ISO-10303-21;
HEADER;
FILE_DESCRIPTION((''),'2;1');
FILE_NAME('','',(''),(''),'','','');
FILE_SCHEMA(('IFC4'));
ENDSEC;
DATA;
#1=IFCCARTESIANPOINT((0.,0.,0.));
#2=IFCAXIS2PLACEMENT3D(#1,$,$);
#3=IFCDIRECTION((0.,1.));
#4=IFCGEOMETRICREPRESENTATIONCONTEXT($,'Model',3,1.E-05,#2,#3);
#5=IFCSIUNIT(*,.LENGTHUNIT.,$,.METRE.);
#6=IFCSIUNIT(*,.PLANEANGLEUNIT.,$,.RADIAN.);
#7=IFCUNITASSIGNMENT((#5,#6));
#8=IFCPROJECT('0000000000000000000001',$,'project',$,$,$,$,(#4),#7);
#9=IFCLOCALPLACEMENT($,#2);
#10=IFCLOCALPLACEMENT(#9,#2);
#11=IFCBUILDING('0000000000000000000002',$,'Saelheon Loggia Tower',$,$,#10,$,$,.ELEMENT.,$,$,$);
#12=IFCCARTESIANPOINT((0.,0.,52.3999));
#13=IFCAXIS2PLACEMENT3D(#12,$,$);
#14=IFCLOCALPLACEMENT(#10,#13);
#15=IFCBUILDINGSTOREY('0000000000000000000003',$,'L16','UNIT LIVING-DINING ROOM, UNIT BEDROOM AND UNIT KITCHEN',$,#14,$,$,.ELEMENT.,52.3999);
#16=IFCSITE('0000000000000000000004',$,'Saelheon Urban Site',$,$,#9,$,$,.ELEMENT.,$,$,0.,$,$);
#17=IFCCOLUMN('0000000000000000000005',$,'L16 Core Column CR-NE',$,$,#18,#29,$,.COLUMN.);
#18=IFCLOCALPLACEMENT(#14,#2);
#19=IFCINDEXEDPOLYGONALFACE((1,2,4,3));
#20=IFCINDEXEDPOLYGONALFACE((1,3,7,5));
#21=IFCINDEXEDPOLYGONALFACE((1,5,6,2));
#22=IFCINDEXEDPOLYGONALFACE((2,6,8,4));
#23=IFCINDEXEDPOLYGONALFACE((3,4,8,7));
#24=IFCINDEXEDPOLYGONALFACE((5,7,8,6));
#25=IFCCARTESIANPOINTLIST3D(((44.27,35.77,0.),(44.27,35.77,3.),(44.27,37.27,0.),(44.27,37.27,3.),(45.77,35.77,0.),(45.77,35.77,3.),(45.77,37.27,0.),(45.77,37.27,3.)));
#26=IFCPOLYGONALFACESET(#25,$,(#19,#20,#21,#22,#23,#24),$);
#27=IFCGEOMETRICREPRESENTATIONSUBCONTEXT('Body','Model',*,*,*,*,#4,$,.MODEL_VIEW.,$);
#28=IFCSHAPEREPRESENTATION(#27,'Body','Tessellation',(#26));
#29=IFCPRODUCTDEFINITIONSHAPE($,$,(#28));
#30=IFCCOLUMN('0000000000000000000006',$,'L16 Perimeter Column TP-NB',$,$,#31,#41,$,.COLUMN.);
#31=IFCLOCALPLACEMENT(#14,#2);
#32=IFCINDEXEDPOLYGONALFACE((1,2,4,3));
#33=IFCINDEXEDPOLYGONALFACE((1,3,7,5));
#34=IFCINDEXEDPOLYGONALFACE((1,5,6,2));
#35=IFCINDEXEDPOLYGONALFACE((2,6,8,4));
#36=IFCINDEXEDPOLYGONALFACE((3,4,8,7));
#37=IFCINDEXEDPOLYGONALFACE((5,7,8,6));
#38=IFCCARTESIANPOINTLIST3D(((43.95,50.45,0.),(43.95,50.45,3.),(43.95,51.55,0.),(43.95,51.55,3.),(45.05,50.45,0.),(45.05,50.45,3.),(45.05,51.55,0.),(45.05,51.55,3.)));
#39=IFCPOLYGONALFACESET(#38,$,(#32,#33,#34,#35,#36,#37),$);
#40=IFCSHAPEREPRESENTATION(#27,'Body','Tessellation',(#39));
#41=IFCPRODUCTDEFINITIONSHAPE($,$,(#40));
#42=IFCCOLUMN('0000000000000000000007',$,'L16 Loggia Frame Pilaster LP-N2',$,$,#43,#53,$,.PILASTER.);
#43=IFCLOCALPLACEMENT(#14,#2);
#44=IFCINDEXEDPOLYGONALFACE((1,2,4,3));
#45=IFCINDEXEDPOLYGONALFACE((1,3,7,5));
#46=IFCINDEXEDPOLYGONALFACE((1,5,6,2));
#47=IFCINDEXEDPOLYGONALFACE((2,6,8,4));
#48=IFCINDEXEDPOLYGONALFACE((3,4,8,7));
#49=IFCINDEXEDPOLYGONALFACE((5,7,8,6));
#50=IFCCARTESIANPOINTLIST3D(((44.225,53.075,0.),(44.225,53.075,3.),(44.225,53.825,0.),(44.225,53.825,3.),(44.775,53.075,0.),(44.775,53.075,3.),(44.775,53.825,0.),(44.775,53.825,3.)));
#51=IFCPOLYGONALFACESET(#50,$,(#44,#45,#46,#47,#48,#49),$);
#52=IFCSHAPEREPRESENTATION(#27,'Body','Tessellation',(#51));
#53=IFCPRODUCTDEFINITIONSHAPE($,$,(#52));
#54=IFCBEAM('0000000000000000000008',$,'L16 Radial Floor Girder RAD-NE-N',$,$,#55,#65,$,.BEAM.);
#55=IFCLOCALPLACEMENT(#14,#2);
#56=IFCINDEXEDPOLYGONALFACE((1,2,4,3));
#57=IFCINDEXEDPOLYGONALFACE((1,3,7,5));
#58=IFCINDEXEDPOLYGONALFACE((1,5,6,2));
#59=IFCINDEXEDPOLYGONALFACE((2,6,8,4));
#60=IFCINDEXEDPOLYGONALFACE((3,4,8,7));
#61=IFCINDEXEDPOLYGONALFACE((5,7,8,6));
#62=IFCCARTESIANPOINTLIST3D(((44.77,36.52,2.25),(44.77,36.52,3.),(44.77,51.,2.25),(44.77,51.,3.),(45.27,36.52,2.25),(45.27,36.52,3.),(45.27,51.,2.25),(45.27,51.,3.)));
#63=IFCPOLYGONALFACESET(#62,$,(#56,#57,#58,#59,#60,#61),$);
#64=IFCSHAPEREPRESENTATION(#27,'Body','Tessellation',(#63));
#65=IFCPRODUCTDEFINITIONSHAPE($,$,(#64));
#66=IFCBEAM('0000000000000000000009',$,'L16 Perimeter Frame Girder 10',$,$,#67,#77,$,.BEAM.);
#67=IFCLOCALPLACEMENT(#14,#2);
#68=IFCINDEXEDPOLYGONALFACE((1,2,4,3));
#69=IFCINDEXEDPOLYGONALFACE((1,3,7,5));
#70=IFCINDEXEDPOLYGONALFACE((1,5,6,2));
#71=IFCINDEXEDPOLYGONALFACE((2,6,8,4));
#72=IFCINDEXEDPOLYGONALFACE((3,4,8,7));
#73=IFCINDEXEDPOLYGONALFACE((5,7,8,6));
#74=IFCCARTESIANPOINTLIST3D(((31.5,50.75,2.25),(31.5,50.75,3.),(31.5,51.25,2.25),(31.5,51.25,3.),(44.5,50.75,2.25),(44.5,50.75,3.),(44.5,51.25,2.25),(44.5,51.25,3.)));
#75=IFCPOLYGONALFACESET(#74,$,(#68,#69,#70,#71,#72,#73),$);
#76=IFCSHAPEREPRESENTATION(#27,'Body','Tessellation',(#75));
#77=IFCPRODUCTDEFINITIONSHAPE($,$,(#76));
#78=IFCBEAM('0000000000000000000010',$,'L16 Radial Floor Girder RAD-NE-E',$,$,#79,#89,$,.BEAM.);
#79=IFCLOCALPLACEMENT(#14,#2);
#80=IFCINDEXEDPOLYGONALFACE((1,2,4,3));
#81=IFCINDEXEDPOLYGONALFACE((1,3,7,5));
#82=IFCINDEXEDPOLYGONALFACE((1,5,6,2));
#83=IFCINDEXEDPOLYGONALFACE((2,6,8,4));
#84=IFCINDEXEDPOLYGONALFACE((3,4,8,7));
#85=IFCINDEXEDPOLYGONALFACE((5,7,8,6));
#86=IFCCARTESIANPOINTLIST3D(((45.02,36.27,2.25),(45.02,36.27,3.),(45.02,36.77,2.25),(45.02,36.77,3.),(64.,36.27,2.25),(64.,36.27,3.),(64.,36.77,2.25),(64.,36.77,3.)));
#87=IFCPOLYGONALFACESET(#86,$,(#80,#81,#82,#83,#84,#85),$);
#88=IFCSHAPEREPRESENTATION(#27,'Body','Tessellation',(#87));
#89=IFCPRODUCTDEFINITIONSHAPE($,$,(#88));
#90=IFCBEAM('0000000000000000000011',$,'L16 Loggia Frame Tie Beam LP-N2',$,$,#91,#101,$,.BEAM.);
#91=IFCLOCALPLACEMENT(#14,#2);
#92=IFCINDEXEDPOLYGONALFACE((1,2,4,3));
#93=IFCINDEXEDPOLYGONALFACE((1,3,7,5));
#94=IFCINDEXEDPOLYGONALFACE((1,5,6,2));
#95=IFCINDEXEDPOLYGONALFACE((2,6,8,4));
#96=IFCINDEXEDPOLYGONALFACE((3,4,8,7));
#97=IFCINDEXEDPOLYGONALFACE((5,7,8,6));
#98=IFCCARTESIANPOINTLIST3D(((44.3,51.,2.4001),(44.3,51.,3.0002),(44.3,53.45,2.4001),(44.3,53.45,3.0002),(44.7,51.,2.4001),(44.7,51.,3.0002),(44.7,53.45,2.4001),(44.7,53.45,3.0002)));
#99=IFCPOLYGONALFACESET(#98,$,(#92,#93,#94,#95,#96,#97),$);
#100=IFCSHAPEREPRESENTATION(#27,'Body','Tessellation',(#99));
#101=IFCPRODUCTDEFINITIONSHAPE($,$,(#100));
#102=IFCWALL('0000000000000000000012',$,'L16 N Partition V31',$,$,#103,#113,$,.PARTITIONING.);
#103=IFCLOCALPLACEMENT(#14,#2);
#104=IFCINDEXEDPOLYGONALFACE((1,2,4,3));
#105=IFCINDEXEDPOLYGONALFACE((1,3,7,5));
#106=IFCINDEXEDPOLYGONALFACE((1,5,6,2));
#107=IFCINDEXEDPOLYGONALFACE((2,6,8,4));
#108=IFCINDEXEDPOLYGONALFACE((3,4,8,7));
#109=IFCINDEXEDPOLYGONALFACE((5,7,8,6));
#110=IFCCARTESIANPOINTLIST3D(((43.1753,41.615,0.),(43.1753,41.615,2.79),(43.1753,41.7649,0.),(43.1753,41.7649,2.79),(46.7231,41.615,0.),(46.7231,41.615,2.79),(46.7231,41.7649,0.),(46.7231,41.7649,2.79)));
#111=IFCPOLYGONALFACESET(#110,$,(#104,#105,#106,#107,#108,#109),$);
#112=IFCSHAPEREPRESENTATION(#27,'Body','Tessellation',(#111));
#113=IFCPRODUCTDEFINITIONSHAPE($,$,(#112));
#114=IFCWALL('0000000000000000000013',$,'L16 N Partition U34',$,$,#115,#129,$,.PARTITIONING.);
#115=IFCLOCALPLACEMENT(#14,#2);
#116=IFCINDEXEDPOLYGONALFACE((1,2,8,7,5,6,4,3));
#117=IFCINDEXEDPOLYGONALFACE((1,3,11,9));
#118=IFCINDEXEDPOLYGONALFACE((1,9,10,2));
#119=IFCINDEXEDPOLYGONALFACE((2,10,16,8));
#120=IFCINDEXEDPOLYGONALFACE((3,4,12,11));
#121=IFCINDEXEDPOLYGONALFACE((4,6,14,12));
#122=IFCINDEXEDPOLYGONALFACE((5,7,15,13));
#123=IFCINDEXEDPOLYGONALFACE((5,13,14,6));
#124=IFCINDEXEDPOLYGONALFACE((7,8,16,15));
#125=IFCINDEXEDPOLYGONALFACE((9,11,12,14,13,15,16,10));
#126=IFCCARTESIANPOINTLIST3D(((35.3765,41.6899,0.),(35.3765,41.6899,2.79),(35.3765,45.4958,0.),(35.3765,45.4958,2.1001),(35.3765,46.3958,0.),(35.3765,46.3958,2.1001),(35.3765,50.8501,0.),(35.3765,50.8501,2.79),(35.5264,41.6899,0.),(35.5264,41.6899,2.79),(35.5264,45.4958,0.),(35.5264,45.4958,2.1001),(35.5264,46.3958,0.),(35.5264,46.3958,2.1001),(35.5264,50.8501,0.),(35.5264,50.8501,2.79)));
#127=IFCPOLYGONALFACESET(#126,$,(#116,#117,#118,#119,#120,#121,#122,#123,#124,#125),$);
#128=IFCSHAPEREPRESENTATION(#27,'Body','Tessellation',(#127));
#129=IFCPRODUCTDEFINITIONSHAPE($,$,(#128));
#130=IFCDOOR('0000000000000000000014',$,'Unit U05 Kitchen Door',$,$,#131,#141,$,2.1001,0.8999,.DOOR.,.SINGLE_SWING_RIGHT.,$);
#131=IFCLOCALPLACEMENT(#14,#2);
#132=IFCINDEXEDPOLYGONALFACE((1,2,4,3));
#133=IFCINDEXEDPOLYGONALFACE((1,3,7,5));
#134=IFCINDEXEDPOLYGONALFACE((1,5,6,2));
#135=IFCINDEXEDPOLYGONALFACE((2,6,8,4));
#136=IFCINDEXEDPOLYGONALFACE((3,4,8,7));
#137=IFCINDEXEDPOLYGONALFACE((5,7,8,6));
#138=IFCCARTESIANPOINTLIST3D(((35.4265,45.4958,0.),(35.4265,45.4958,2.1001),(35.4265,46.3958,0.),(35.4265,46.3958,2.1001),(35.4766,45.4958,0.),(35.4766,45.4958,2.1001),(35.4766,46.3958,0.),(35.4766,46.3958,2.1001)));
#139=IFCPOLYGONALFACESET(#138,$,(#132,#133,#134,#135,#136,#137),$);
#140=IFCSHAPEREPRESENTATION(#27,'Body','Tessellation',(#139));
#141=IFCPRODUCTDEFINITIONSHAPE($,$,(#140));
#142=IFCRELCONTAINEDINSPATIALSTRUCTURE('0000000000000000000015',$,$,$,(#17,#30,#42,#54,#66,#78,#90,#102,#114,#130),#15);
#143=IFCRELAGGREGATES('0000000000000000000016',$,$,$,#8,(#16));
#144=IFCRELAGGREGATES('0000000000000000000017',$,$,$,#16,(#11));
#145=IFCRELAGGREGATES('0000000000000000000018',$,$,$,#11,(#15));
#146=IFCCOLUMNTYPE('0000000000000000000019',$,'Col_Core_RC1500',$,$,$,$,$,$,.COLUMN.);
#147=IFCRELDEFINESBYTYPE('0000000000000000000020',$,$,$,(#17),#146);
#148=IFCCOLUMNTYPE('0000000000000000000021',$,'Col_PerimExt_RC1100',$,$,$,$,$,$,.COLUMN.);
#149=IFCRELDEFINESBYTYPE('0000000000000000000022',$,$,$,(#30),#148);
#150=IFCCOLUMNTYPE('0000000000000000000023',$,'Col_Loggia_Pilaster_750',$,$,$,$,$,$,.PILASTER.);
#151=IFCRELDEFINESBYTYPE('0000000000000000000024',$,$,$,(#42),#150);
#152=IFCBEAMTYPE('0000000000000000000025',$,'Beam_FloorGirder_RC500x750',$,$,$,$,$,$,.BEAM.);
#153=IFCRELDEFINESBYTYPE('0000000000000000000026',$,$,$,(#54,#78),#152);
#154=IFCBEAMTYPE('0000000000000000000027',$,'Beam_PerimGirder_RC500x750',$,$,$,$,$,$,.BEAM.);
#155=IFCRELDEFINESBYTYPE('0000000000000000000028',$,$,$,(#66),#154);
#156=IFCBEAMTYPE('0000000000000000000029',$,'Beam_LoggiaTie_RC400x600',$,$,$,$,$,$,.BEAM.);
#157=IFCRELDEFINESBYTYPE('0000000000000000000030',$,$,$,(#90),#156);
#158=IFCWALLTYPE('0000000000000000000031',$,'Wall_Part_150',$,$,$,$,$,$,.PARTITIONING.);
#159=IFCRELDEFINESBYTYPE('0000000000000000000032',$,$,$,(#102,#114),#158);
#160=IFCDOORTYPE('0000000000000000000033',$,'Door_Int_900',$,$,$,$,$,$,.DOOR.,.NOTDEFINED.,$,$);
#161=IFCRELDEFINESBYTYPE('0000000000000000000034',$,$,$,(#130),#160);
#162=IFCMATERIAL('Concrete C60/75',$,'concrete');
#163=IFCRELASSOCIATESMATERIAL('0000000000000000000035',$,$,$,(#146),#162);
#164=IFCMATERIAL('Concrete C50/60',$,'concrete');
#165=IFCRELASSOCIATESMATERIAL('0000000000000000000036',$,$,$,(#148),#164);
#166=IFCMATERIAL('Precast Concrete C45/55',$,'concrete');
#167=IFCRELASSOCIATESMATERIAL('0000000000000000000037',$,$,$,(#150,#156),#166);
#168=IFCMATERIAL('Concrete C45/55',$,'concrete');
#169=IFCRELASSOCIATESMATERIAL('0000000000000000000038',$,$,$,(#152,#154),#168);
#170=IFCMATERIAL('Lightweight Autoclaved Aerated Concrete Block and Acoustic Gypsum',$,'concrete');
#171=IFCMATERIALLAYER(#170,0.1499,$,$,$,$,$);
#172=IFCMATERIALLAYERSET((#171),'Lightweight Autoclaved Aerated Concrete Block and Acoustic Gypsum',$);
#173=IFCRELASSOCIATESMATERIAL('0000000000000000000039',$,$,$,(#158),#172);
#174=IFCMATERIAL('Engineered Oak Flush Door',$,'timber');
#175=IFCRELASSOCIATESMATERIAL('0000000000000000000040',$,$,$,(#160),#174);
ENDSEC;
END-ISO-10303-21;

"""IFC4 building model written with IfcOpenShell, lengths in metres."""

from ifc_helpers import new_model, si_unit, direction, frame, frame_2d, origin, origin_2d, place, context, subcontext, project, spatial, rectangle, extrude, source, transform, mapped, material, layer, layer_set, material_profile, profile_set, type_object, element, fill, save


model = new_model("IFC4")

# Units and contexts
model_context = context("Model", 3, precision=1e-05, world=origin(), true_north=direction((0.0, 1.0)))
body_context = subcontext(model_context, "Body", "Model", "MODEL_VIEW")
ifc_project = project(units=[si_unit("LENGTHUNIT", "METRE"), si_unit("PLANEANGLEUNIT", "RADIAN")], contexts=[model_context])

# Site, building, storey
site_placement = place(None, origin())
site = spatial("IfcSite", under=ifc_project, at=site_placement, Name="Saelheon Urban Site", CompositionType="ELEMENT", RefElevation=0.0)
building_placement = place(site_placement, origin())
building = spatial("IfcBuilding", under=site, at=building_placement, Name="Saelheon Loggia Tower", CompositionType="ELEMENT")
storey_placement = place(building_placement, frame((0.0, 0.0, 52.3999)))
storey = spatial("IfcBuildingStorey", under=building, at=storey_placement, Name="L16", Description="UNIT LIVING-DINING ROOM, UNIT BEDROOM AND UNIT KITCHEN", CompositionType="ELEMENT", Elevation=52.3999)

# Columns
ifc_material_1 = material(Name="Concrete C60/75", Category="concrete")
ifc_material_profile_1 = material_profile(ifc_material_1, rectangle(XDim=1.5, YDim=1.5, at=origin_2d()), Name="RC-1500x1500")
ifc_profile_set_1 = profile_set([ifc_material_profile_1], Name="Concrete C60/75")
column_type_1 = type_object("IfcColumnType", Name="Col_Core_RC1500", PredefinedType="COLUMN", material=ifc_profile_set_1)
shared_shape_1 = source(origin(), body_context, "Body", "SweptSolid", [
    extrude(rectangle(XDim=1.5, YDim=1.5, at=origin_2d()), origin(), (0.0, 0.0, 1.0), 3.0),
])
column_1_placement = place(storey_placement, frame((45.02, 36.52, 0.0), z_axis=(0.0, 0.0, 1.0), x_axis=(1.0, 0.0, 0.0)))
element("IfcColumn", 1, at=column_1_placement, inside=storey, type_object=column_type_1, Name="L16 Core Column CR-NE", PredefinedType="COLUMN", context=body_context, shape_type="MappedRepresentation", body=[
    mapped(shared_shape_1, transform((0.0, 0.0, 0.0), scale=1.0)),
])
ifc_material_2 = material(Name="Concrete C50/60", Category="concrete")
ifc_material_profile_2 = material_profile(ifc_material_2, rectangle(XDim=1.1001, YDim=1.1001, at=origin_2d()), Name="RC-1100x1100")
ifc_profile_set_2 = profile_set([ifc_material_profile_2], Name="Concrete C50/60")
column_type_2 = type_object("IfcColumnType", Name="Col_PerimExt_RC1100", PredefinedType="COLUMN", material=ifc_profile_set_2)
shared_shape_2 = source(origin(), body_context, "Body", "SweptSolid", [
    extrude(rectangle(XDim=1.1001, YDim=1.1001, at=origin_2d()), origin(), (0.0, 0.0, 1.0), 3.0),
])
column_2_placement = place(storey_placement, frame((44.5, 51.0, 0.0), z_axis=(0.0, 0.0, 1.0), x_axis=(1.0, 0.0, 0.0)))
element("IfcColumn", 2, at=column_2_placement, inside=storey, type_object=column_type_2, Name="L16 Perimeter Column TP-NB", PredefinedType="COLUMN", context=body_context, shape_type="MappedRepresentation", body=[
    mapped(shared_shape_2, transform((0.0, 0.0, 0.0), scale=1.0)),
])
ifc_material_3 = material(Name="Precast Concrete C45/55", Category="concrete")
ifc_material_profile_3 = material_profile(ifc_material_3, rectangle(XDim=0.55, YDim=0.75, at=origin_2d()), Name="RC-550x750")
ifc_profile_set_3 = profile_set([ifc_material_profile_3], Name="Precast Concrete C45/55")
column_type_3 = type_object("IfcColumnType", Name="Col_Loggia_Pilaster_750", PredefinedType="PILASTER", material=ifc_profile_set_3)
shared_shape_3 = source(origin(), body_context, "Body", "SweptSolid", [
    extrude(rectangle(XDim=0.55, YDim=0.75, at=origin_2d()), origin(), (0.0, 0.0, 1.0), 3.0),
])
column_3_placement = place(storey_placement, frame((44.5, 53.45, 0.0), z_axis=(0.0, 0.0, 1.0), x_axis=(1.0, 0.0, 0.0)))
element("IfcColumn", 3, at=column_3_placement, inside=storey, type_object=column_type_3, Name="L16 Loggia Frame Pilaster LP-N2", PredefinedType="PILASTER", context=body_context, shape_type="MappedRepresentation", body=[
    mapped(shared_shape_3, transform((0.0, 0.0, 0.0), scale=1.0)),
])

# Beams
ifc_material_4 = material(Name="Concrete C45/55", Category="concrete")
ifc_material_profile_4 = material_profile(ifc_material_4, rectangle(XDim=0.5, YDim=0.75, at=origin_2d()), Name="RC-500x750")
ifc_profile_set_4 = profile_set([ifc_material_profile_4], Name="Concrete C45/55")
beam_type_1 = type_object("IfcBeamType", Name="Beam_FloorGirder_RC500x750", PredefinedType="BEAM", material=ifc_profile_set_4)
shared_shape_4 = source(origin(), body_context, "Body", "SweptSolid", [
    extrude(rectangle(XDim=0.5, YDim=0.75, at=origin_2d()), origin(), (0.0, 0.0, 1.0), 14.48),
])
beam_1_placement = place(storey_placement, frame((45.02, 36.52, 2.625), z_axis=(0.0, 1.0, 0.0), x_axis=(-1.0, 0.0, 0.0)))
element("IfcBeam", 4, at=beam_1_placement, inside=storey, type_object=beam_type_1, Name="L16 Radial Floor Girder RAD-NE-N", PredefinedType="BEAM", context=body_context, shape_type="MappedRepresentation", body=[
    mapped(shared_shape_4, transform((0.0, 0.0, 0.0), scale=1.0)),
])
ifc_material_profile_5 = material_profile(ifc_material_4, rectangle(XDim=0.5, YDim=0.75, at=origin_2d()), Name="RC-500x750")
ifc_profile_set_5 = profile_set([ifc_material_profile_5], Name="Concrete C45/55")
beam_type_2 = type_object("IfcBeamType", Name="Beam_PerimGirder_RC500x750", PredefinedType="BEAM", material=ifc_profile_set_5)
shared_shape_5 = source(origin(), body_context, "Body", "SweptSolid", [
    extrude(rectangle(XDim=0.5, YDim=0.75, at=origin_2d()), origin(), (0.0, 0.0, 1.0), 13.0),
])
beam_2_placement = place(storey_placement, frame((44.5, 51.0, 2.625), z_axis=(-1.0, 0.0, 0.0), x_axis=(0.0, -1.0, 0.0)))
element("IfcBeam", 5, at=beam_2_placement, inside=storey, type_object=beam_type_2, Name="L16 Perimeter Frame Girder 10", PredefinedType="BEAM", context=body_context, shape_type="MappedRepresentation", body=[
    mapped(shared_shape_5, transform((0.0, 0.0, 0.0), scale=1.0)),
])
shared_shape_6 = source(origin(), body_context, "Body", "SweptSolid", [
    extrude(rectangle(XDim=0.5, YDim=0.75, at=origin_2d()), origin(), (0.0, 0.0, 1.0), 18.98),
])
beam_3_placement = place(storey_placement, frame((45.02, 36.52, 2.625), z_axis=(1.0, 0.0, 0.0), x_axis=(0.0, 1.0, 0.0)))
element("IfcBeam", 6, at=beam_3_placement, inside=storey, type_object=beam_type_1, Name="L16 Radial Floor Girder RAD-NE-E", PredefinedType="BEAM", context=body_context, shape_type="MappedRepresentation", body=[
    mapped(shared_shape_6, transform((0.0, 0.0, 0.0), scale=1.0)),
])
ifc_material_profile_6 = material_profile(ifc_material_3, rectangle(XDim=0.3999, YDim=0.6001, at=origin_2d()), Name="RC-400x600")
ifc_profile_set_6 = profile_set([ifc_material_profile_6], Name="Precast Concrete C45/55")
beam_type_3 = type_object("IfcBeamType", Name="Beam_LoggiaTie_RC400x600", PredefinedType="BEAM", material=ifc_profile_set_6)
shared_shape_7 = source(origin(), body_context, "Body", "SweptSolid", [
    extrude(rectangle(XDim=0.3999, YDim=0.6001, at=origin_2d()), origin(), (0.0, 0.0, 1.0), 2.45),
])
beam_4_placement = place(storey_placement, frame((44.5, 51.0, 2.7002), z_axis=(0.0, 1.0, 0.0), x_axis=(-1.0, 0.0, 0.0)))
element("IfcBeam", 7, at=beam_4_placement, inside=storey, type_object=beam_type_3, Name="L16 Loggia Frame Tie Beam LP-N2", PredefinedType="BEAM", context=body_context, shape_type="MappedRepresentation", body=[
    mapped(shared_shape_7, transform((0.0, 0.0, 0.0), scale=1.0)),
])

# Wall
ifc_material_5 = material(Name="Lightweight Autoclaved Aerated Concrete Block and Acoustic Gypsum", Category="concrete")
ifc_layer_1 = layer(ifc_material_5, 0.1499)
ifc_layer_set_1 = layer_set([ifc_layer_1], Name="Lightweight Autoclaved Aerated Concrete Block and Acoustic Gypsum")
wall_type_1 = type_object("IfcWallType", Name="Wall_Part_150", PredefinedType="PARTITIONING", material=ifc_layer_set_1)
wall_1_placement = place(storey_placement, frame((43.1753, 41.6899, 0.0), z_axis=(0.0, 0.0, 1.0), x_axis=(1.0, 0.0, 0.0)))
element("IfcWall", 8, at=wall_1_placement, inside=storey, type_object=wall_type_1, Name="L16 N Partition V31", PredefinedType="PARTITIONING", context=body_context, shape_type="SweptSolid", body=[
    extrude(rectangle(XDim=3.5479, YDim=0.1499, at=frame_2d((1.7739, 0.0))), origin(), (0.0, 0.0, 1.0), 2.79),
])

# Wall, opening, door
wall_2_placement = place(storey_placement, frame((35.4514, 41.6899, 0.0), z_axis=(0.0, 0.0, 1.0), x_axis=(0.0, 1.0, 0.0)))
wall_2 = element("IfcWall", 9, at=wall_2_placement, inside=storey, type_object=wall_type_1, Name="L16 N Partition U34", PredefinedType="PARTITIONING", context=body_context, shape_type="SweptSolid", body=[
    extrude(rectangle(XDim=9.1602, YDim=0.1499, at=frame_2d((4.5801, 0.0))), origin(), (0.0, 0.0, 1.0), 2.79),
])
opening_1_placement = place(wall_2_placement, frame((3.8059, 0.0, 0.0)))
opening_1 = element("IfcOpeningElement", 10, at=opening_1_placement, cuts=wall_2, PredefinedType="OPENING", context=body_context, shape_type="SweptSolid", body=[
    extrude(rectangle(XDim=0.8999, YDim=2.1001, at=frame_2d((0.45, 1.05))), frame((0.0, 0.0869, 0.0), z_axis=(0.0, -1.0, 0.0), x_axis=(1.0, 0.0, 0.0)), (0.0, 0.0, 1.0), 0.1738),
])
ifc_material_6 = material(Name="Engineered Oak Flush Door", Category="timber")
door_type_1 = type_object("IfcDoorType", Name="Door_Int_900", OperationType="NOTDEFINED", PredefinedType="DOOR", material=ifc_material_6)
shared_shape_8 = source(origin(), body_context, "Body", "SweptSolid", [
    extrude(rectangle(XDim=0.8999, YDim=2.1001, at=frame_2d((0.45, 1.05))), frame((0.0, 0.0249, 0.0), z_axis=(0.0, -1.0, 0.0), x_axis=(1.0, 0.0, 0.0)), (0.0, 0.0, 1.0), 0.05),
])
door_1_placement = place(opening_1_placement, origin())
door_1 = element("IfcDoor", 11, at=door_1_placement, inside=storey, type_object=door_type_1, Name="Unit U05 Kitchen Door", OperationType="SINGLE_SWING_RIGHT", OverallHeight=2.1001, OverallWidth=0.8999, PredefinedType="DOOR", context=body_context, shape_type="MappedRepresentation", body=[
    mapped(shared_shape_8, transform((0.0, 0.0, 0.0), scale=1.0)),
])
fill(opening_1, door_1)

save(model, "model.ifc")
